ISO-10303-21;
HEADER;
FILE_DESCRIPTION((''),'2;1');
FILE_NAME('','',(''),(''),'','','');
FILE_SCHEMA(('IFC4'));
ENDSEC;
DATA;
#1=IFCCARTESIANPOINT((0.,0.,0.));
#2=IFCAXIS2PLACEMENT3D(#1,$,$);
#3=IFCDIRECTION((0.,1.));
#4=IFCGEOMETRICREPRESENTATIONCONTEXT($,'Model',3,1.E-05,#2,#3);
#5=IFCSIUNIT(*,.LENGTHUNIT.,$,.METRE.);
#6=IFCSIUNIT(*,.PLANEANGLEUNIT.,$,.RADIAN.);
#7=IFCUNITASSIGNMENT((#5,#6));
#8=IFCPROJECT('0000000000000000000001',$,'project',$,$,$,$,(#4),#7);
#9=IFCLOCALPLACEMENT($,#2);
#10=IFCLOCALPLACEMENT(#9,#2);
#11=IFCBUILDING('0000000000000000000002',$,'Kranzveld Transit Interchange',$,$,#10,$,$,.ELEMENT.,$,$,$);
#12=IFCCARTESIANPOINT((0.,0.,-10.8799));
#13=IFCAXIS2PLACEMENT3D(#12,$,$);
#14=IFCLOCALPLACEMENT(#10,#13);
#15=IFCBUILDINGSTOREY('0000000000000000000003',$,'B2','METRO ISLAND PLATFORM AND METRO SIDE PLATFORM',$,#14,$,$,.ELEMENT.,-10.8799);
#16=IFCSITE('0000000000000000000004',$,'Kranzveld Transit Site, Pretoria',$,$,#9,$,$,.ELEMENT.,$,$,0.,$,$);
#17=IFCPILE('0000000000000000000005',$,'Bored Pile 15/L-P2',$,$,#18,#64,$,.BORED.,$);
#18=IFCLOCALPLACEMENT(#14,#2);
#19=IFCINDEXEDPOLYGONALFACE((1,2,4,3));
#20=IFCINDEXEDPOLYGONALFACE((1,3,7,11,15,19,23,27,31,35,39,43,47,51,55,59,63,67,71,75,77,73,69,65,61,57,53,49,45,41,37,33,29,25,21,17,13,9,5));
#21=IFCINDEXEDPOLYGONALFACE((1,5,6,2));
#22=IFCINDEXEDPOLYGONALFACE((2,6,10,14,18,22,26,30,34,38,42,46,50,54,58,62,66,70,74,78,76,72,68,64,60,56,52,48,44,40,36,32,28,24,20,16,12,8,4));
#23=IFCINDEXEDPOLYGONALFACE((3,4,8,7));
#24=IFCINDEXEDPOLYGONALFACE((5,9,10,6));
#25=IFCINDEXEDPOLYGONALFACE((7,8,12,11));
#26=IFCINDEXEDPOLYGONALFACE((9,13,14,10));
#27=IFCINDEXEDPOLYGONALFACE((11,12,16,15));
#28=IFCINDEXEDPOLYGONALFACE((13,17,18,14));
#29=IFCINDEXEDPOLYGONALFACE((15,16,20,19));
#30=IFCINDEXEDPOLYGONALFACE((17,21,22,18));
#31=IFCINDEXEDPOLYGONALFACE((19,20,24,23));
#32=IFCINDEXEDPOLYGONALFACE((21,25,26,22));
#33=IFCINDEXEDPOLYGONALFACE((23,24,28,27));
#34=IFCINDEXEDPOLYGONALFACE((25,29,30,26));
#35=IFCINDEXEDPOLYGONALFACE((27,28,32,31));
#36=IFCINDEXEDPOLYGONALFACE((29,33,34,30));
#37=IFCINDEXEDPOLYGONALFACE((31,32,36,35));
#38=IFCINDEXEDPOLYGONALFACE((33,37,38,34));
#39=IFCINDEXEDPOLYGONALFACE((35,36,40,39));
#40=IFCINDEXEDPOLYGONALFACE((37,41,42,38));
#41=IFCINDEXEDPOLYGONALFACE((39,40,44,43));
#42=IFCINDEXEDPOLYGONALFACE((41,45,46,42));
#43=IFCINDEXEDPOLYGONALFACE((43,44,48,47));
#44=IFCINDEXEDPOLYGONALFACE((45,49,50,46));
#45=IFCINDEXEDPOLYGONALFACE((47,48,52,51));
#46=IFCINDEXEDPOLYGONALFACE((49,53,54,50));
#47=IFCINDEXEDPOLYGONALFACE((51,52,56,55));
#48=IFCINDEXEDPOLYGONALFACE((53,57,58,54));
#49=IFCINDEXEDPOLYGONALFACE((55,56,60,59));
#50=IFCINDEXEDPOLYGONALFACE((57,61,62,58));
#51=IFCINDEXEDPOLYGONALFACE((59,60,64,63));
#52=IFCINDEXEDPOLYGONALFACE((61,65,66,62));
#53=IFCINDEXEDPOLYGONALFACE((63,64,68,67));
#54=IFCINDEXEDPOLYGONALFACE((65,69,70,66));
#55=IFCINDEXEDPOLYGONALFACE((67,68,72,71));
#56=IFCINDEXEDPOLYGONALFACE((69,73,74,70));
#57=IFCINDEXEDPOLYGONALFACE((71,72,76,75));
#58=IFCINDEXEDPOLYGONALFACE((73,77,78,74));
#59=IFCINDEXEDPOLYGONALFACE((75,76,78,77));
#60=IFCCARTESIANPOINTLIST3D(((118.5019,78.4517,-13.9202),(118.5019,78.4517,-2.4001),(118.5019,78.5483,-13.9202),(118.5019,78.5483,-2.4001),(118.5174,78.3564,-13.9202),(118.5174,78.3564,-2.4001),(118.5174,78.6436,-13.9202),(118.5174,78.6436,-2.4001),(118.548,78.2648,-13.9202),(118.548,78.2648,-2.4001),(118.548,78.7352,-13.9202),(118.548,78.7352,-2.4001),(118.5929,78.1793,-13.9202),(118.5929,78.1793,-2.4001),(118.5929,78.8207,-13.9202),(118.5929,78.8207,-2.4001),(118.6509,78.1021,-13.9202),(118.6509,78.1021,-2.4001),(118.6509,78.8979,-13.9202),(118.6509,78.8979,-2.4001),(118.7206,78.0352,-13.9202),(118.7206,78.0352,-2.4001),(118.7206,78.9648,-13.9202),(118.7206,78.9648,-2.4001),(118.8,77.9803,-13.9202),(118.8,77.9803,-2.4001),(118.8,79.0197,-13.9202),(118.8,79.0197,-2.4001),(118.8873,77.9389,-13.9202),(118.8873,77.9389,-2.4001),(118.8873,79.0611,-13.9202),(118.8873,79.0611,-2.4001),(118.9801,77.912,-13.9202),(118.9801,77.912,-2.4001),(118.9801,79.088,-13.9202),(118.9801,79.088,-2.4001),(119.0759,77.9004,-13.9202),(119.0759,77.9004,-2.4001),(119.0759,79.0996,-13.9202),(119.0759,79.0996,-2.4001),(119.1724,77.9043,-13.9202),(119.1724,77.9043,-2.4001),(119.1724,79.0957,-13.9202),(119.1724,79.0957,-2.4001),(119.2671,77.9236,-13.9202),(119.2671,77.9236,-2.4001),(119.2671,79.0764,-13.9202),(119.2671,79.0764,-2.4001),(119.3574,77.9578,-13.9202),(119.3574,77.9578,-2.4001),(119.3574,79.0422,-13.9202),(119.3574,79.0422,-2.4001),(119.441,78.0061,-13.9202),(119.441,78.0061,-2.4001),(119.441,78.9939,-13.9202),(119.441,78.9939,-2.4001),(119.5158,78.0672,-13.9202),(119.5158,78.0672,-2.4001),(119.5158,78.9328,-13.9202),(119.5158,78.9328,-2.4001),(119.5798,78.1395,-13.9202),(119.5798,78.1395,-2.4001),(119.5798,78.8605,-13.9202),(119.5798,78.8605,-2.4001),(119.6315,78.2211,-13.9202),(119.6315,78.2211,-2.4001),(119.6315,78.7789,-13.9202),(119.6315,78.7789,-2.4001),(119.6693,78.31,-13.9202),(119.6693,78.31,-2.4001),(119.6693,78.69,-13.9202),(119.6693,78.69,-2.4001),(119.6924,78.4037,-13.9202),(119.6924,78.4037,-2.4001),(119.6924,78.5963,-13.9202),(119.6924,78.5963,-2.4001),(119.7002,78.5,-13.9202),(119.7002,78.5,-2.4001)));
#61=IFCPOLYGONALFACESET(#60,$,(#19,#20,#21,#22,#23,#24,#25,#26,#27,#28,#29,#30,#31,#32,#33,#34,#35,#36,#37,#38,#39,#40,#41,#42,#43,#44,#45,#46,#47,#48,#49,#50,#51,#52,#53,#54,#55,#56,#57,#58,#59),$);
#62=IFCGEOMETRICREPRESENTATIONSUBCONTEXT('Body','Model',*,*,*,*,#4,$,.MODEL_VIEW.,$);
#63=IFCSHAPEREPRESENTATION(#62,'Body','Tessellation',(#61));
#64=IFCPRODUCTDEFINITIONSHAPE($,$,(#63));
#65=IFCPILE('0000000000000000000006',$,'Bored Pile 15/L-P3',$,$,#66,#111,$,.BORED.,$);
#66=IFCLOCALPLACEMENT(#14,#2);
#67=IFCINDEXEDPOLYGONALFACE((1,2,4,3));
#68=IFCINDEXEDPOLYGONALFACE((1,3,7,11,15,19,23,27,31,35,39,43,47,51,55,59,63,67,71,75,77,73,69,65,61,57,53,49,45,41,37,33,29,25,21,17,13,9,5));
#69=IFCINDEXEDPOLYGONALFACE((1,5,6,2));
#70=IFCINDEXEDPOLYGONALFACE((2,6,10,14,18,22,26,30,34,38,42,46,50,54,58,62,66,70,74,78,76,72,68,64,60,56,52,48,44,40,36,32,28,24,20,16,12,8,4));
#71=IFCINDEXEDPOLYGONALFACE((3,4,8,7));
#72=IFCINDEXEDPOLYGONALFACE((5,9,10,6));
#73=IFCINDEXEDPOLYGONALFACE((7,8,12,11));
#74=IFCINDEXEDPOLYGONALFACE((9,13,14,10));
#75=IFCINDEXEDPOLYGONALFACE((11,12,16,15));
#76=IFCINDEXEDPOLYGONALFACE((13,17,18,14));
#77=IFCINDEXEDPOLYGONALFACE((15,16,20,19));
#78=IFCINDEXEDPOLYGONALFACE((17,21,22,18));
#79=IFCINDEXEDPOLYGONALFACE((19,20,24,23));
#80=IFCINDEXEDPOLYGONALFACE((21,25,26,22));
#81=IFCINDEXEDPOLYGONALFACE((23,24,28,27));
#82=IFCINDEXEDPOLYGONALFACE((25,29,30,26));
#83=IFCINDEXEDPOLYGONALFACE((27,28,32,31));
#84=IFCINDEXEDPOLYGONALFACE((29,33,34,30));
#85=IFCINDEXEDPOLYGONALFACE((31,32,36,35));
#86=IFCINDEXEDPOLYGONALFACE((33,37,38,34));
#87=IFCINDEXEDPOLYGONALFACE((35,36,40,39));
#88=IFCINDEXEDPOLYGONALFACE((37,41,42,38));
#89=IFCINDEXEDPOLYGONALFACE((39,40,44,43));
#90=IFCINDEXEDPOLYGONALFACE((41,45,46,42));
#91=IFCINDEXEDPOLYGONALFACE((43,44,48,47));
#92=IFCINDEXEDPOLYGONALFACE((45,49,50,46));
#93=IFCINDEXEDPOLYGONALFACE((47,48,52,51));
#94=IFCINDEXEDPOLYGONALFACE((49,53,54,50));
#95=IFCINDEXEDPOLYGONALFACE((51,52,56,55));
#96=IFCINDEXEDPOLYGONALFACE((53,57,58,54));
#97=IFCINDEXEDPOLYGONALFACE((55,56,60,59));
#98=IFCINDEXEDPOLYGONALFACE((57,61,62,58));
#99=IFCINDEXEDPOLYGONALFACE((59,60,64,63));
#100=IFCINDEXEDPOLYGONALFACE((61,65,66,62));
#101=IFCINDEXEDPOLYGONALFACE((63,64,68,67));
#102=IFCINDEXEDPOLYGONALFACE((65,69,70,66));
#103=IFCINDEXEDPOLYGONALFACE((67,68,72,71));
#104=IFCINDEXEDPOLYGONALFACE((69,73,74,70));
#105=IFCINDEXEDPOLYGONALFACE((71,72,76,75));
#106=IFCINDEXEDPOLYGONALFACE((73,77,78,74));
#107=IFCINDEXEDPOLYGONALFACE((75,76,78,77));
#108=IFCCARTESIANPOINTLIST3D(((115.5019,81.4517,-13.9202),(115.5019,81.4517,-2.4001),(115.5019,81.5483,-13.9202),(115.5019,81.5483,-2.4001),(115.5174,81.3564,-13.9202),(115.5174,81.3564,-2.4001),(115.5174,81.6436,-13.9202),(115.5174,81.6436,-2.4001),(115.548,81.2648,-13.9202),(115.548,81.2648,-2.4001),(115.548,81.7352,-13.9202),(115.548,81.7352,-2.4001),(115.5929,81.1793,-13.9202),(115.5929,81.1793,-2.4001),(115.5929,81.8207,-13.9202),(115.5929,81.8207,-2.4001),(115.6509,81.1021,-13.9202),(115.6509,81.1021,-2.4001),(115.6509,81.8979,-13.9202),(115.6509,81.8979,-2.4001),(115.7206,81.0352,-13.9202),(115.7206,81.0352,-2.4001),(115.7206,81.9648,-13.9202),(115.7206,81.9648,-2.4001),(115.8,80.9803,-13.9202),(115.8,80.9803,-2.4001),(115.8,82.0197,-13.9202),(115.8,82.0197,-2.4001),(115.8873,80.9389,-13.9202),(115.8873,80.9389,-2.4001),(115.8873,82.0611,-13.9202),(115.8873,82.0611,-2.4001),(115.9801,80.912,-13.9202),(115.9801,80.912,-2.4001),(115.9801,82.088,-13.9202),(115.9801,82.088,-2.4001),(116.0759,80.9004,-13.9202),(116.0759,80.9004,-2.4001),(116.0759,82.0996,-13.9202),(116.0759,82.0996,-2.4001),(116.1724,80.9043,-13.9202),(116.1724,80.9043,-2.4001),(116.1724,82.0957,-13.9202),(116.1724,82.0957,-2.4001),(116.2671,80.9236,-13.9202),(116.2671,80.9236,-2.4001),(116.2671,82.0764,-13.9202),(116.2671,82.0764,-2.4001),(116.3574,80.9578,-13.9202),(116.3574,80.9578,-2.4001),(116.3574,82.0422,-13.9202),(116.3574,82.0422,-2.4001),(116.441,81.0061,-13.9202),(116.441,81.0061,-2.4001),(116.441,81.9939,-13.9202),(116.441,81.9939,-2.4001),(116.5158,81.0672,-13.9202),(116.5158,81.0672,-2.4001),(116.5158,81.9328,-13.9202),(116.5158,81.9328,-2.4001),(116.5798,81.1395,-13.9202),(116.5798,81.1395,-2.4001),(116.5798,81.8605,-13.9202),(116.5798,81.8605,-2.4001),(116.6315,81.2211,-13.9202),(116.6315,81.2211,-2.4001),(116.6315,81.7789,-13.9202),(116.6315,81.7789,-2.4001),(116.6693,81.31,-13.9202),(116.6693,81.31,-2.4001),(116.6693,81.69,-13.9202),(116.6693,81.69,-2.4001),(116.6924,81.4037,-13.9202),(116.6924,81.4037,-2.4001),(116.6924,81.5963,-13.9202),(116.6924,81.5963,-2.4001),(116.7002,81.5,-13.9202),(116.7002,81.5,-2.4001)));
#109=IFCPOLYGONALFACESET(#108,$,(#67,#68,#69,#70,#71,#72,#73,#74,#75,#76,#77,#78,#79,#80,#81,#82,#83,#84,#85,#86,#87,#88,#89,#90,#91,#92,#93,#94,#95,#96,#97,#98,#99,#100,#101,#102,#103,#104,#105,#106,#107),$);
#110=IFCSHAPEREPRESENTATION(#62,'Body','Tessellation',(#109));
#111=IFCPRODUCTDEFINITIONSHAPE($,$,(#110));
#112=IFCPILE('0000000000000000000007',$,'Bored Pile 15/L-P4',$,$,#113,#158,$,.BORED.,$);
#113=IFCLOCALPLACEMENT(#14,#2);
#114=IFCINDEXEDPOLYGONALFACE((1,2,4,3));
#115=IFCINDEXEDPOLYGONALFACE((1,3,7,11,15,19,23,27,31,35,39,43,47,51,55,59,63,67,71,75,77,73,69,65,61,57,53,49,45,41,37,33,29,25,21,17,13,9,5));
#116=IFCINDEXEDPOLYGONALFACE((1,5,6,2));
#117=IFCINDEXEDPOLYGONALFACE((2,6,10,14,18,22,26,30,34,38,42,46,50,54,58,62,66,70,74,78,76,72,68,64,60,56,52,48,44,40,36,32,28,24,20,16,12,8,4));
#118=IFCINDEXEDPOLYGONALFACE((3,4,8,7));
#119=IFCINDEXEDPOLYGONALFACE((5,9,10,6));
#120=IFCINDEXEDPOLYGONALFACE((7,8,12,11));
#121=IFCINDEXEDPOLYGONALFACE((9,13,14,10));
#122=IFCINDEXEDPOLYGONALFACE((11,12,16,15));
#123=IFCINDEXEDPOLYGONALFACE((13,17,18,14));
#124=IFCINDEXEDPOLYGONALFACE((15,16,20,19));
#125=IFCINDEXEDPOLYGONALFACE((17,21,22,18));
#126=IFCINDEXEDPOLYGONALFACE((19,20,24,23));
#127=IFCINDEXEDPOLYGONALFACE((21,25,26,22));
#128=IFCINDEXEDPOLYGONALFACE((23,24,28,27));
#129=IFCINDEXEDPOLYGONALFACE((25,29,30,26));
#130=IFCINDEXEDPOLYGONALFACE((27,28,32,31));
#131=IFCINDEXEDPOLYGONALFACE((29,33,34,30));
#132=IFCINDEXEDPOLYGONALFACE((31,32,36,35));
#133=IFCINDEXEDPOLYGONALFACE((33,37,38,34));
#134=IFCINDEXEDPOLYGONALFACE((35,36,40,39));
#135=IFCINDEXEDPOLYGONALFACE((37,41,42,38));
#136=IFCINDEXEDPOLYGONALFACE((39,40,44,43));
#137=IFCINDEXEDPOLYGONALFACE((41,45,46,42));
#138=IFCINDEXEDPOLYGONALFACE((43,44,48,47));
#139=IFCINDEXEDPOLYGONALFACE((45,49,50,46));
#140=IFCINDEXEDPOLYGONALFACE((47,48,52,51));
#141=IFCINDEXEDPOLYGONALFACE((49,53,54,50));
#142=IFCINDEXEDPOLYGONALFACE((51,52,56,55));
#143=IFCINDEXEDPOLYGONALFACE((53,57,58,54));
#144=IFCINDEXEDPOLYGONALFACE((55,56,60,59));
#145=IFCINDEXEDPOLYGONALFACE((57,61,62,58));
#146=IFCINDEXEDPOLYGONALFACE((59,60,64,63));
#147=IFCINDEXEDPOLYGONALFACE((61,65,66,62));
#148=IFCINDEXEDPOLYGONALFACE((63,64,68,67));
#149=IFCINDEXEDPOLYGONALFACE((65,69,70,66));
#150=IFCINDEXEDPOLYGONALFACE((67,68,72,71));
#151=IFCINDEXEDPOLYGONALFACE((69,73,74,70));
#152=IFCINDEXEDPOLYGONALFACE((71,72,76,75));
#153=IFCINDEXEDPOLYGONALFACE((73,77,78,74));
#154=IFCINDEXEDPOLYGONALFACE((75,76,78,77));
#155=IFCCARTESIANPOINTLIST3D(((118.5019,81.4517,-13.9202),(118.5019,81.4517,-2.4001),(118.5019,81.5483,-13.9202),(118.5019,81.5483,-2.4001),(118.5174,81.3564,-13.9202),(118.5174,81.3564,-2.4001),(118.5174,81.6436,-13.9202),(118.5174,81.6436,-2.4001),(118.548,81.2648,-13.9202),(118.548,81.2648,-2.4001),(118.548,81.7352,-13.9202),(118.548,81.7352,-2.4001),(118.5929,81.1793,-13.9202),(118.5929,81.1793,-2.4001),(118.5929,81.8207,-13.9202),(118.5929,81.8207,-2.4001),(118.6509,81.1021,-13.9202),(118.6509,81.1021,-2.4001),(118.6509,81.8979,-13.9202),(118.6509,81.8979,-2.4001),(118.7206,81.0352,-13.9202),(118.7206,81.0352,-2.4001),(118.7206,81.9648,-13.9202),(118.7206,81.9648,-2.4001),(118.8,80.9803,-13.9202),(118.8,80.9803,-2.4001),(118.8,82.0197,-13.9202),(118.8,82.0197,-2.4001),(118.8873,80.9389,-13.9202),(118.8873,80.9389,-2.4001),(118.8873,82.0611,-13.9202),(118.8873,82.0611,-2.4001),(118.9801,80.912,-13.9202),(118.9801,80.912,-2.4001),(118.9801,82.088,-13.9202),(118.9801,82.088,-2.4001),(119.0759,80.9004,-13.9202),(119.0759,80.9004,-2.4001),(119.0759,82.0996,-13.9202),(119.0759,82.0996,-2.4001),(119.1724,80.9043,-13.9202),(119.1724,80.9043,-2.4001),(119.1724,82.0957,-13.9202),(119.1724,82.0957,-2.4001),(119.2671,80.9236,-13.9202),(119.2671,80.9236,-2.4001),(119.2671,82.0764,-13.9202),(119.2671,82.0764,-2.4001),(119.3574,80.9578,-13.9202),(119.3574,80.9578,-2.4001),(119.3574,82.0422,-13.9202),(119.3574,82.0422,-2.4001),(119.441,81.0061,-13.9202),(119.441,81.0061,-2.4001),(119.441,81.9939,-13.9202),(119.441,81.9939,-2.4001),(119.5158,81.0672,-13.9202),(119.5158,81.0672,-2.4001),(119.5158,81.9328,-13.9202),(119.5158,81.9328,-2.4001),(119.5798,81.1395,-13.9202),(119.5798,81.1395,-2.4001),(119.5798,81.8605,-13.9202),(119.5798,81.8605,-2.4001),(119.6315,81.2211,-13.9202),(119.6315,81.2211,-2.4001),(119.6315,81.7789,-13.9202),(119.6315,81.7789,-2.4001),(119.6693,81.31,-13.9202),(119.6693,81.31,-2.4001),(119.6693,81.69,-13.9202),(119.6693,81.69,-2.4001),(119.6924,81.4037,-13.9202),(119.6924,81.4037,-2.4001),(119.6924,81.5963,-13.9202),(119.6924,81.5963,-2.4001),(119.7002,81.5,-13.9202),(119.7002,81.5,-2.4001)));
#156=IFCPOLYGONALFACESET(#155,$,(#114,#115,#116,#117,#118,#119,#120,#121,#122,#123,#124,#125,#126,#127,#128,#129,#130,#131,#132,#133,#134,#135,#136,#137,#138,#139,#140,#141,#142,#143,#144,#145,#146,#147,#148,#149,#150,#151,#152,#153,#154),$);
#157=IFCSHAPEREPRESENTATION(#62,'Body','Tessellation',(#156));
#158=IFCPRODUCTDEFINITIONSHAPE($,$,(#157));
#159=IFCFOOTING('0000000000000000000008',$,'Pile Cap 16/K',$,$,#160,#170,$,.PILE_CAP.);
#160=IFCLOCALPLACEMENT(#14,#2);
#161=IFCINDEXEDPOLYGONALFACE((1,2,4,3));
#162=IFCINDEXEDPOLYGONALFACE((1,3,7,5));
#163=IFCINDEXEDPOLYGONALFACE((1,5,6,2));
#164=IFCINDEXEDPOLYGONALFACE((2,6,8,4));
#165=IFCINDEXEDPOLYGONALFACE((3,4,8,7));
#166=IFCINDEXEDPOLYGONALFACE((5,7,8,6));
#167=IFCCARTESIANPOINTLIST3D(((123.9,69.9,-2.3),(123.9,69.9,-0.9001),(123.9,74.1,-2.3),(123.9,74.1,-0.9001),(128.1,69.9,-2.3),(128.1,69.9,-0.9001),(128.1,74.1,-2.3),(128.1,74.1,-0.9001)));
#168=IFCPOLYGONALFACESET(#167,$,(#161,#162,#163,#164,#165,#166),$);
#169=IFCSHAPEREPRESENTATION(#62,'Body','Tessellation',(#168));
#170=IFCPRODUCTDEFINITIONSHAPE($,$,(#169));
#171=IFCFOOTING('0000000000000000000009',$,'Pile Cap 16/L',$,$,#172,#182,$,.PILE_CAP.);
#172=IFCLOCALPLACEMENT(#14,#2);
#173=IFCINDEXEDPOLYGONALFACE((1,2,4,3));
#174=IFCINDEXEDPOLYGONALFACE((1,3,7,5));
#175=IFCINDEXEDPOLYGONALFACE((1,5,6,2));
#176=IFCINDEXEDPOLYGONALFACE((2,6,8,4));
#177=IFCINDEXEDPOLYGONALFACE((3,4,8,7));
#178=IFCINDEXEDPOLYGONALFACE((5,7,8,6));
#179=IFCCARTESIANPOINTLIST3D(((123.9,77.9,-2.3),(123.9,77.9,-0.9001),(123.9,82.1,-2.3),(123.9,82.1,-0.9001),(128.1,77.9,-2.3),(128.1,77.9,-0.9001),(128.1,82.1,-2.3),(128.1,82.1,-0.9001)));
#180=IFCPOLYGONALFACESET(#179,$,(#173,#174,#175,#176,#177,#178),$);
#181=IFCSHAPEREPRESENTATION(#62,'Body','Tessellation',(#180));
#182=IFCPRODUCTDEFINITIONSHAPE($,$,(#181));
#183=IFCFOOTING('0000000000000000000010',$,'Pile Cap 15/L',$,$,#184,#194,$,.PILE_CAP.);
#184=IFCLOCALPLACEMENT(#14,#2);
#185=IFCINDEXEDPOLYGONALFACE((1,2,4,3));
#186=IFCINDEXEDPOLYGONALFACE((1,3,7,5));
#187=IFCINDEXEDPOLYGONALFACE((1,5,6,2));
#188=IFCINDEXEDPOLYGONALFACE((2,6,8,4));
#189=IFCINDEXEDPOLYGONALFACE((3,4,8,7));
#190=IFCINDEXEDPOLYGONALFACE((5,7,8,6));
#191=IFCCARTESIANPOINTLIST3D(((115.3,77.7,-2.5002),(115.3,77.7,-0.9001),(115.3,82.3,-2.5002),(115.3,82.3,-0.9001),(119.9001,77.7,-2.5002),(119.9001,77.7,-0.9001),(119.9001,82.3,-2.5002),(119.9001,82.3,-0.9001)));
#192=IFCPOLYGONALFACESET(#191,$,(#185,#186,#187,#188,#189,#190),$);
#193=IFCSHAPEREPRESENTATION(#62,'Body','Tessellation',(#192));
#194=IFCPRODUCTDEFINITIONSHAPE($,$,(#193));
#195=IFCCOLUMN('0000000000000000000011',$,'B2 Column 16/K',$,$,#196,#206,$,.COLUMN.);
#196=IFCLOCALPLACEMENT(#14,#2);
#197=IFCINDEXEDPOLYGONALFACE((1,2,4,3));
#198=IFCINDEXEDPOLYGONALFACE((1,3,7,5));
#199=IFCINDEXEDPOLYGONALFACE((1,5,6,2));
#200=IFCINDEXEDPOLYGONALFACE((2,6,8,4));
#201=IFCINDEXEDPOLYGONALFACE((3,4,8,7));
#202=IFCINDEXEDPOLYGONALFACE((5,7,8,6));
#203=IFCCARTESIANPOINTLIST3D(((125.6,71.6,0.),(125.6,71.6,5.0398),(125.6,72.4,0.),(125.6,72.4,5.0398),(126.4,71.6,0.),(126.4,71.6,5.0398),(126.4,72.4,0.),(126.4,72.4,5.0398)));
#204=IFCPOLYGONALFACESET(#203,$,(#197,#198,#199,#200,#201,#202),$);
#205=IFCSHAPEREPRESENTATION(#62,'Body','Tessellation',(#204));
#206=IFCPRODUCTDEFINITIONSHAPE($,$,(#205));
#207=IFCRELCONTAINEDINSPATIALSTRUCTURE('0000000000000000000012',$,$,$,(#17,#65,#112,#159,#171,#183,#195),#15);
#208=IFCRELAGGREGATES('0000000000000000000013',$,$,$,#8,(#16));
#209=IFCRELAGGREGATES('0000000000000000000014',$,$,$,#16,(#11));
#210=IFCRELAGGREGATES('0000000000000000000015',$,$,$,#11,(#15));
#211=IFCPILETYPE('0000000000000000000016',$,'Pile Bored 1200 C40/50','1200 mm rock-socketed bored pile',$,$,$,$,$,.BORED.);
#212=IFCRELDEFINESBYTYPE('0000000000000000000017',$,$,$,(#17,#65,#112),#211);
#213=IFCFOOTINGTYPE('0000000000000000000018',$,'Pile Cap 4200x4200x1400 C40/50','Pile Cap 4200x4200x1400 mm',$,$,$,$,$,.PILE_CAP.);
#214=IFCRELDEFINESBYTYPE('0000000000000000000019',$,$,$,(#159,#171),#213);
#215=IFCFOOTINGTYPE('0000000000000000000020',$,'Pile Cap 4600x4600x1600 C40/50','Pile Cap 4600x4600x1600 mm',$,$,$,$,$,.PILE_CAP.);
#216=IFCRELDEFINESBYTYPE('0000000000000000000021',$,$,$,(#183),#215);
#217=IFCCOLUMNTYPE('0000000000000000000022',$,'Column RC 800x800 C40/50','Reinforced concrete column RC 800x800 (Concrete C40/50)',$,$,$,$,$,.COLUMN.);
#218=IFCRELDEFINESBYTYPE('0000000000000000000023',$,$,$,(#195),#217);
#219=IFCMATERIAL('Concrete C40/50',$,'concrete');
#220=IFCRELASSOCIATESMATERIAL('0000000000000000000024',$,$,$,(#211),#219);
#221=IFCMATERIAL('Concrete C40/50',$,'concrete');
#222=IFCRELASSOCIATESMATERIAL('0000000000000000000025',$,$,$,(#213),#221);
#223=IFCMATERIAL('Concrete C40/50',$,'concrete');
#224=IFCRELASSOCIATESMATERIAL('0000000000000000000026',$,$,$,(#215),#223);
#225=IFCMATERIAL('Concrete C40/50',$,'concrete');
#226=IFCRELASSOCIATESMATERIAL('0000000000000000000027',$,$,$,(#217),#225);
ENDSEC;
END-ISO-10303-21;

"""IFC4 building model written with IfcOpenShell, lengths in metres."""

from ifc_helpers import new_model, si_unit, direction, frame, origin, origin_2d, place, context, subcontext, project, spatial, rectangle, circle, extrude, material, material_profile, profile_set, type_object, element, save


model = new_model("IFC4")

# Units and contexts
model_context = context("Model", 3, precision=1e-05, world=origin(), true_north=direction((0.0, 1.0)))
body_context = subcontext(model_context, "Body", "Model", "MODEL_VIEW")
ifc_project = project(units=[si_unit("LENGTHUNIT", "METRE"), si_unit("PLANEANGLEUNIT", "RADIAN")], contexts=[model_context])

# Site, building, storey
site_placement = place(None, origin())
site = spatial("IfcSite", under=ifc_project, at=site_placement, Name="Kranzveld Transit Site, Pretoria", CompositionType="ELEMENT", RefElevation=0.0)
building_placement = place(site_placement, origin())
building = spatial("IfcBuilding", under=site, at=building_placement, Name="Kranzveld Transit Interchange", CompositionType="ELEMENT")
storey_placement = place(building_placement, frame((0.0, 0.0, -10.8799)))
storey = spatial("IfcBuildingStorey", under=building, at=storey_placement, Name="B2", Description="METRO ISLAND PLATFORM AND METRO SIDE PLATFORM", CompositionType="ELEMENT", Elevation=-10.8799)

# Piles
ifc_material_1 = material(Name="Concrete C40/50", Category="concrete")
ifc_material_profile_1 = material_profile(ifc_material_1, circle(Radius=0.6001, at=origin_2d()), Name="BORED PILE 1200")
ifc_profile_set_1 = profile_set([ifc_material_profile_1], Name="Concrete C40/50")
pile_type_1 = type_object("IfcPileType", Name="Pile Bored 1200 C40/50", Description="1200 mm rock-socketed bored pile", PredefinedType="BORED", material=ifc_profile_set_1)
for number, where, z_axis, x_axis, name in (
    (1, (119.1001, 78.5, -2.4001), (0.0, 0.0, -1.0), (1.0, 0.0, 0.0), "Bored Pile 15/L-P2"),
    (2, (116.1001, 81.5, -2.4001), (0.0, 0.0, -1.0), (1.0, 0.0, 0.0), "Bored Pile 15/L-P3"),
    (3, (119.1001, 81.5, -2.4001), (0.0, 0.0, -1.0), (1.0, 0.0, 0.0), "Bored Pile 15/L-P4"),
):
    element("IfcPile", number, at=place(storey_placement, frame(where, z_axis=z_axis, x_axis=x_axis)), inside=storey, type_object=pile_type_1, Name=name, PredefinedType="BORED", context=body_context, shape_type="SweptSolid", body=[
        extrude(circle(Radius=0.6001, at=origin_2d()), origin(), (0.0, 0.0, 1.0), 11.52),
    ])

# Footings
ifc_material_2 = material(Name="Concrete C40/50", Category="concrete")
footing_type_1 = type_object("IfcFootingType", Name="Pile Cap 4200x4200x1400 C40/50", Description="Pile Cap 4200x4200x1400 mm", PredefinedType="PILE_CAP", material=ifc_material_2)
for number, where, z_axis, x_axis, name in (
    (4, (126.0, 72.0, -2.3), (0.0, 0.0, 1.0), (1.0, 0.0, 0.0), "Pile Cap 16/K"),
    (5, (126.0, 80.0, -2.3), (0.0, 0.0, 1.0), (1.0, 0.0, 0.0), "Pile Cap 16/L"),
):
    element("IfcFooting", number, at=place(storey_placement, frame(where, z_axis=z_axis, x_axis=x_axis)), inside=storey, type_object=footing_type_1, Name=name, PredefinedType="PILE_CAP", context=body_context, shape_type="SweptSolid", body=[
        extrude(rectangle(XDim=4.2, YDim=4.2, at=origin_2d()), origin(), (0.0, 0.0, 1.0), 1.3999),
    ])
ifc_material_3 = material(Name="Concrete C40/50", Category="concrete")
footing_type_2 = type_object("IfcFootingType", Name="Pile Cap 4600x4600x1600 C40/50", Description="Pile Cap 4600x4600x1600 mm", PredefinedType="PILE_CAP", material=ifc_material_3)
footing_placement = place(storey_placement, frame((117.6001, 80.0, -2.5002), z_axis=(0.0, 0.0, 1.0), x_axis=(1.0, 0.0, 0.0)))
element("IfcFooting", 6, at=footing_placement, inside=storey, type_object=footing_type_2, Name="Pile Cap 15/L", PredefinedType="PILE_CAP", context=body_context, shape_type="SweptSolid", body=[
    extrude(rectangle(XDim=4.6001, YDim=4.6001, at=origin_2d()), origin(), (0.0, 0.0, 1.0), 1.6001),
])

# Column
ifc_material_4 = material(Name="Concrete C40/50", Category="concrete")
ifc_material_profile_2 = material_profile(ifc_material_4, rectangle(XDim=0.8, YDim=0.8, at=origin_2d()), Name="RC 800x800")
ifc_profile_set_2 = profile_set([ifc_material_profile_2], Name="Concrete C40/50")
column_type_1 = type_object("IfcColumnType", Name="Column RC 800x800 C40/50", Description="Reinforced concrete column RC 800x800 (Concrete C40/50)", PredefinedType="COLUMN", material=ifc_profile_set_2)
for number, where, z_axis, x_axis, name in (
    (7, (126.0, 72.0, 0.0), (0.0, 0.0, 1.0), (1.0, 0.0, 0.0), "B2 Column 16/K"),
):
    element("IfcColumn", number, at=place(storey_placement, frame(where, z_axis=z_axis, x_axis=x_axis)), inside=storey, type_object=column_type_1, Name=name, PredefinedType="COLUMN", context=body_context, shape_type="SweptSolid", body=[
        extrude(rectangle(XDim=0.8, YDim=0.8, at=origin_2d()), origin(), (0.0, 0.0, 1.0), 5.0398),
    ])

save(model, "model.ifc")
